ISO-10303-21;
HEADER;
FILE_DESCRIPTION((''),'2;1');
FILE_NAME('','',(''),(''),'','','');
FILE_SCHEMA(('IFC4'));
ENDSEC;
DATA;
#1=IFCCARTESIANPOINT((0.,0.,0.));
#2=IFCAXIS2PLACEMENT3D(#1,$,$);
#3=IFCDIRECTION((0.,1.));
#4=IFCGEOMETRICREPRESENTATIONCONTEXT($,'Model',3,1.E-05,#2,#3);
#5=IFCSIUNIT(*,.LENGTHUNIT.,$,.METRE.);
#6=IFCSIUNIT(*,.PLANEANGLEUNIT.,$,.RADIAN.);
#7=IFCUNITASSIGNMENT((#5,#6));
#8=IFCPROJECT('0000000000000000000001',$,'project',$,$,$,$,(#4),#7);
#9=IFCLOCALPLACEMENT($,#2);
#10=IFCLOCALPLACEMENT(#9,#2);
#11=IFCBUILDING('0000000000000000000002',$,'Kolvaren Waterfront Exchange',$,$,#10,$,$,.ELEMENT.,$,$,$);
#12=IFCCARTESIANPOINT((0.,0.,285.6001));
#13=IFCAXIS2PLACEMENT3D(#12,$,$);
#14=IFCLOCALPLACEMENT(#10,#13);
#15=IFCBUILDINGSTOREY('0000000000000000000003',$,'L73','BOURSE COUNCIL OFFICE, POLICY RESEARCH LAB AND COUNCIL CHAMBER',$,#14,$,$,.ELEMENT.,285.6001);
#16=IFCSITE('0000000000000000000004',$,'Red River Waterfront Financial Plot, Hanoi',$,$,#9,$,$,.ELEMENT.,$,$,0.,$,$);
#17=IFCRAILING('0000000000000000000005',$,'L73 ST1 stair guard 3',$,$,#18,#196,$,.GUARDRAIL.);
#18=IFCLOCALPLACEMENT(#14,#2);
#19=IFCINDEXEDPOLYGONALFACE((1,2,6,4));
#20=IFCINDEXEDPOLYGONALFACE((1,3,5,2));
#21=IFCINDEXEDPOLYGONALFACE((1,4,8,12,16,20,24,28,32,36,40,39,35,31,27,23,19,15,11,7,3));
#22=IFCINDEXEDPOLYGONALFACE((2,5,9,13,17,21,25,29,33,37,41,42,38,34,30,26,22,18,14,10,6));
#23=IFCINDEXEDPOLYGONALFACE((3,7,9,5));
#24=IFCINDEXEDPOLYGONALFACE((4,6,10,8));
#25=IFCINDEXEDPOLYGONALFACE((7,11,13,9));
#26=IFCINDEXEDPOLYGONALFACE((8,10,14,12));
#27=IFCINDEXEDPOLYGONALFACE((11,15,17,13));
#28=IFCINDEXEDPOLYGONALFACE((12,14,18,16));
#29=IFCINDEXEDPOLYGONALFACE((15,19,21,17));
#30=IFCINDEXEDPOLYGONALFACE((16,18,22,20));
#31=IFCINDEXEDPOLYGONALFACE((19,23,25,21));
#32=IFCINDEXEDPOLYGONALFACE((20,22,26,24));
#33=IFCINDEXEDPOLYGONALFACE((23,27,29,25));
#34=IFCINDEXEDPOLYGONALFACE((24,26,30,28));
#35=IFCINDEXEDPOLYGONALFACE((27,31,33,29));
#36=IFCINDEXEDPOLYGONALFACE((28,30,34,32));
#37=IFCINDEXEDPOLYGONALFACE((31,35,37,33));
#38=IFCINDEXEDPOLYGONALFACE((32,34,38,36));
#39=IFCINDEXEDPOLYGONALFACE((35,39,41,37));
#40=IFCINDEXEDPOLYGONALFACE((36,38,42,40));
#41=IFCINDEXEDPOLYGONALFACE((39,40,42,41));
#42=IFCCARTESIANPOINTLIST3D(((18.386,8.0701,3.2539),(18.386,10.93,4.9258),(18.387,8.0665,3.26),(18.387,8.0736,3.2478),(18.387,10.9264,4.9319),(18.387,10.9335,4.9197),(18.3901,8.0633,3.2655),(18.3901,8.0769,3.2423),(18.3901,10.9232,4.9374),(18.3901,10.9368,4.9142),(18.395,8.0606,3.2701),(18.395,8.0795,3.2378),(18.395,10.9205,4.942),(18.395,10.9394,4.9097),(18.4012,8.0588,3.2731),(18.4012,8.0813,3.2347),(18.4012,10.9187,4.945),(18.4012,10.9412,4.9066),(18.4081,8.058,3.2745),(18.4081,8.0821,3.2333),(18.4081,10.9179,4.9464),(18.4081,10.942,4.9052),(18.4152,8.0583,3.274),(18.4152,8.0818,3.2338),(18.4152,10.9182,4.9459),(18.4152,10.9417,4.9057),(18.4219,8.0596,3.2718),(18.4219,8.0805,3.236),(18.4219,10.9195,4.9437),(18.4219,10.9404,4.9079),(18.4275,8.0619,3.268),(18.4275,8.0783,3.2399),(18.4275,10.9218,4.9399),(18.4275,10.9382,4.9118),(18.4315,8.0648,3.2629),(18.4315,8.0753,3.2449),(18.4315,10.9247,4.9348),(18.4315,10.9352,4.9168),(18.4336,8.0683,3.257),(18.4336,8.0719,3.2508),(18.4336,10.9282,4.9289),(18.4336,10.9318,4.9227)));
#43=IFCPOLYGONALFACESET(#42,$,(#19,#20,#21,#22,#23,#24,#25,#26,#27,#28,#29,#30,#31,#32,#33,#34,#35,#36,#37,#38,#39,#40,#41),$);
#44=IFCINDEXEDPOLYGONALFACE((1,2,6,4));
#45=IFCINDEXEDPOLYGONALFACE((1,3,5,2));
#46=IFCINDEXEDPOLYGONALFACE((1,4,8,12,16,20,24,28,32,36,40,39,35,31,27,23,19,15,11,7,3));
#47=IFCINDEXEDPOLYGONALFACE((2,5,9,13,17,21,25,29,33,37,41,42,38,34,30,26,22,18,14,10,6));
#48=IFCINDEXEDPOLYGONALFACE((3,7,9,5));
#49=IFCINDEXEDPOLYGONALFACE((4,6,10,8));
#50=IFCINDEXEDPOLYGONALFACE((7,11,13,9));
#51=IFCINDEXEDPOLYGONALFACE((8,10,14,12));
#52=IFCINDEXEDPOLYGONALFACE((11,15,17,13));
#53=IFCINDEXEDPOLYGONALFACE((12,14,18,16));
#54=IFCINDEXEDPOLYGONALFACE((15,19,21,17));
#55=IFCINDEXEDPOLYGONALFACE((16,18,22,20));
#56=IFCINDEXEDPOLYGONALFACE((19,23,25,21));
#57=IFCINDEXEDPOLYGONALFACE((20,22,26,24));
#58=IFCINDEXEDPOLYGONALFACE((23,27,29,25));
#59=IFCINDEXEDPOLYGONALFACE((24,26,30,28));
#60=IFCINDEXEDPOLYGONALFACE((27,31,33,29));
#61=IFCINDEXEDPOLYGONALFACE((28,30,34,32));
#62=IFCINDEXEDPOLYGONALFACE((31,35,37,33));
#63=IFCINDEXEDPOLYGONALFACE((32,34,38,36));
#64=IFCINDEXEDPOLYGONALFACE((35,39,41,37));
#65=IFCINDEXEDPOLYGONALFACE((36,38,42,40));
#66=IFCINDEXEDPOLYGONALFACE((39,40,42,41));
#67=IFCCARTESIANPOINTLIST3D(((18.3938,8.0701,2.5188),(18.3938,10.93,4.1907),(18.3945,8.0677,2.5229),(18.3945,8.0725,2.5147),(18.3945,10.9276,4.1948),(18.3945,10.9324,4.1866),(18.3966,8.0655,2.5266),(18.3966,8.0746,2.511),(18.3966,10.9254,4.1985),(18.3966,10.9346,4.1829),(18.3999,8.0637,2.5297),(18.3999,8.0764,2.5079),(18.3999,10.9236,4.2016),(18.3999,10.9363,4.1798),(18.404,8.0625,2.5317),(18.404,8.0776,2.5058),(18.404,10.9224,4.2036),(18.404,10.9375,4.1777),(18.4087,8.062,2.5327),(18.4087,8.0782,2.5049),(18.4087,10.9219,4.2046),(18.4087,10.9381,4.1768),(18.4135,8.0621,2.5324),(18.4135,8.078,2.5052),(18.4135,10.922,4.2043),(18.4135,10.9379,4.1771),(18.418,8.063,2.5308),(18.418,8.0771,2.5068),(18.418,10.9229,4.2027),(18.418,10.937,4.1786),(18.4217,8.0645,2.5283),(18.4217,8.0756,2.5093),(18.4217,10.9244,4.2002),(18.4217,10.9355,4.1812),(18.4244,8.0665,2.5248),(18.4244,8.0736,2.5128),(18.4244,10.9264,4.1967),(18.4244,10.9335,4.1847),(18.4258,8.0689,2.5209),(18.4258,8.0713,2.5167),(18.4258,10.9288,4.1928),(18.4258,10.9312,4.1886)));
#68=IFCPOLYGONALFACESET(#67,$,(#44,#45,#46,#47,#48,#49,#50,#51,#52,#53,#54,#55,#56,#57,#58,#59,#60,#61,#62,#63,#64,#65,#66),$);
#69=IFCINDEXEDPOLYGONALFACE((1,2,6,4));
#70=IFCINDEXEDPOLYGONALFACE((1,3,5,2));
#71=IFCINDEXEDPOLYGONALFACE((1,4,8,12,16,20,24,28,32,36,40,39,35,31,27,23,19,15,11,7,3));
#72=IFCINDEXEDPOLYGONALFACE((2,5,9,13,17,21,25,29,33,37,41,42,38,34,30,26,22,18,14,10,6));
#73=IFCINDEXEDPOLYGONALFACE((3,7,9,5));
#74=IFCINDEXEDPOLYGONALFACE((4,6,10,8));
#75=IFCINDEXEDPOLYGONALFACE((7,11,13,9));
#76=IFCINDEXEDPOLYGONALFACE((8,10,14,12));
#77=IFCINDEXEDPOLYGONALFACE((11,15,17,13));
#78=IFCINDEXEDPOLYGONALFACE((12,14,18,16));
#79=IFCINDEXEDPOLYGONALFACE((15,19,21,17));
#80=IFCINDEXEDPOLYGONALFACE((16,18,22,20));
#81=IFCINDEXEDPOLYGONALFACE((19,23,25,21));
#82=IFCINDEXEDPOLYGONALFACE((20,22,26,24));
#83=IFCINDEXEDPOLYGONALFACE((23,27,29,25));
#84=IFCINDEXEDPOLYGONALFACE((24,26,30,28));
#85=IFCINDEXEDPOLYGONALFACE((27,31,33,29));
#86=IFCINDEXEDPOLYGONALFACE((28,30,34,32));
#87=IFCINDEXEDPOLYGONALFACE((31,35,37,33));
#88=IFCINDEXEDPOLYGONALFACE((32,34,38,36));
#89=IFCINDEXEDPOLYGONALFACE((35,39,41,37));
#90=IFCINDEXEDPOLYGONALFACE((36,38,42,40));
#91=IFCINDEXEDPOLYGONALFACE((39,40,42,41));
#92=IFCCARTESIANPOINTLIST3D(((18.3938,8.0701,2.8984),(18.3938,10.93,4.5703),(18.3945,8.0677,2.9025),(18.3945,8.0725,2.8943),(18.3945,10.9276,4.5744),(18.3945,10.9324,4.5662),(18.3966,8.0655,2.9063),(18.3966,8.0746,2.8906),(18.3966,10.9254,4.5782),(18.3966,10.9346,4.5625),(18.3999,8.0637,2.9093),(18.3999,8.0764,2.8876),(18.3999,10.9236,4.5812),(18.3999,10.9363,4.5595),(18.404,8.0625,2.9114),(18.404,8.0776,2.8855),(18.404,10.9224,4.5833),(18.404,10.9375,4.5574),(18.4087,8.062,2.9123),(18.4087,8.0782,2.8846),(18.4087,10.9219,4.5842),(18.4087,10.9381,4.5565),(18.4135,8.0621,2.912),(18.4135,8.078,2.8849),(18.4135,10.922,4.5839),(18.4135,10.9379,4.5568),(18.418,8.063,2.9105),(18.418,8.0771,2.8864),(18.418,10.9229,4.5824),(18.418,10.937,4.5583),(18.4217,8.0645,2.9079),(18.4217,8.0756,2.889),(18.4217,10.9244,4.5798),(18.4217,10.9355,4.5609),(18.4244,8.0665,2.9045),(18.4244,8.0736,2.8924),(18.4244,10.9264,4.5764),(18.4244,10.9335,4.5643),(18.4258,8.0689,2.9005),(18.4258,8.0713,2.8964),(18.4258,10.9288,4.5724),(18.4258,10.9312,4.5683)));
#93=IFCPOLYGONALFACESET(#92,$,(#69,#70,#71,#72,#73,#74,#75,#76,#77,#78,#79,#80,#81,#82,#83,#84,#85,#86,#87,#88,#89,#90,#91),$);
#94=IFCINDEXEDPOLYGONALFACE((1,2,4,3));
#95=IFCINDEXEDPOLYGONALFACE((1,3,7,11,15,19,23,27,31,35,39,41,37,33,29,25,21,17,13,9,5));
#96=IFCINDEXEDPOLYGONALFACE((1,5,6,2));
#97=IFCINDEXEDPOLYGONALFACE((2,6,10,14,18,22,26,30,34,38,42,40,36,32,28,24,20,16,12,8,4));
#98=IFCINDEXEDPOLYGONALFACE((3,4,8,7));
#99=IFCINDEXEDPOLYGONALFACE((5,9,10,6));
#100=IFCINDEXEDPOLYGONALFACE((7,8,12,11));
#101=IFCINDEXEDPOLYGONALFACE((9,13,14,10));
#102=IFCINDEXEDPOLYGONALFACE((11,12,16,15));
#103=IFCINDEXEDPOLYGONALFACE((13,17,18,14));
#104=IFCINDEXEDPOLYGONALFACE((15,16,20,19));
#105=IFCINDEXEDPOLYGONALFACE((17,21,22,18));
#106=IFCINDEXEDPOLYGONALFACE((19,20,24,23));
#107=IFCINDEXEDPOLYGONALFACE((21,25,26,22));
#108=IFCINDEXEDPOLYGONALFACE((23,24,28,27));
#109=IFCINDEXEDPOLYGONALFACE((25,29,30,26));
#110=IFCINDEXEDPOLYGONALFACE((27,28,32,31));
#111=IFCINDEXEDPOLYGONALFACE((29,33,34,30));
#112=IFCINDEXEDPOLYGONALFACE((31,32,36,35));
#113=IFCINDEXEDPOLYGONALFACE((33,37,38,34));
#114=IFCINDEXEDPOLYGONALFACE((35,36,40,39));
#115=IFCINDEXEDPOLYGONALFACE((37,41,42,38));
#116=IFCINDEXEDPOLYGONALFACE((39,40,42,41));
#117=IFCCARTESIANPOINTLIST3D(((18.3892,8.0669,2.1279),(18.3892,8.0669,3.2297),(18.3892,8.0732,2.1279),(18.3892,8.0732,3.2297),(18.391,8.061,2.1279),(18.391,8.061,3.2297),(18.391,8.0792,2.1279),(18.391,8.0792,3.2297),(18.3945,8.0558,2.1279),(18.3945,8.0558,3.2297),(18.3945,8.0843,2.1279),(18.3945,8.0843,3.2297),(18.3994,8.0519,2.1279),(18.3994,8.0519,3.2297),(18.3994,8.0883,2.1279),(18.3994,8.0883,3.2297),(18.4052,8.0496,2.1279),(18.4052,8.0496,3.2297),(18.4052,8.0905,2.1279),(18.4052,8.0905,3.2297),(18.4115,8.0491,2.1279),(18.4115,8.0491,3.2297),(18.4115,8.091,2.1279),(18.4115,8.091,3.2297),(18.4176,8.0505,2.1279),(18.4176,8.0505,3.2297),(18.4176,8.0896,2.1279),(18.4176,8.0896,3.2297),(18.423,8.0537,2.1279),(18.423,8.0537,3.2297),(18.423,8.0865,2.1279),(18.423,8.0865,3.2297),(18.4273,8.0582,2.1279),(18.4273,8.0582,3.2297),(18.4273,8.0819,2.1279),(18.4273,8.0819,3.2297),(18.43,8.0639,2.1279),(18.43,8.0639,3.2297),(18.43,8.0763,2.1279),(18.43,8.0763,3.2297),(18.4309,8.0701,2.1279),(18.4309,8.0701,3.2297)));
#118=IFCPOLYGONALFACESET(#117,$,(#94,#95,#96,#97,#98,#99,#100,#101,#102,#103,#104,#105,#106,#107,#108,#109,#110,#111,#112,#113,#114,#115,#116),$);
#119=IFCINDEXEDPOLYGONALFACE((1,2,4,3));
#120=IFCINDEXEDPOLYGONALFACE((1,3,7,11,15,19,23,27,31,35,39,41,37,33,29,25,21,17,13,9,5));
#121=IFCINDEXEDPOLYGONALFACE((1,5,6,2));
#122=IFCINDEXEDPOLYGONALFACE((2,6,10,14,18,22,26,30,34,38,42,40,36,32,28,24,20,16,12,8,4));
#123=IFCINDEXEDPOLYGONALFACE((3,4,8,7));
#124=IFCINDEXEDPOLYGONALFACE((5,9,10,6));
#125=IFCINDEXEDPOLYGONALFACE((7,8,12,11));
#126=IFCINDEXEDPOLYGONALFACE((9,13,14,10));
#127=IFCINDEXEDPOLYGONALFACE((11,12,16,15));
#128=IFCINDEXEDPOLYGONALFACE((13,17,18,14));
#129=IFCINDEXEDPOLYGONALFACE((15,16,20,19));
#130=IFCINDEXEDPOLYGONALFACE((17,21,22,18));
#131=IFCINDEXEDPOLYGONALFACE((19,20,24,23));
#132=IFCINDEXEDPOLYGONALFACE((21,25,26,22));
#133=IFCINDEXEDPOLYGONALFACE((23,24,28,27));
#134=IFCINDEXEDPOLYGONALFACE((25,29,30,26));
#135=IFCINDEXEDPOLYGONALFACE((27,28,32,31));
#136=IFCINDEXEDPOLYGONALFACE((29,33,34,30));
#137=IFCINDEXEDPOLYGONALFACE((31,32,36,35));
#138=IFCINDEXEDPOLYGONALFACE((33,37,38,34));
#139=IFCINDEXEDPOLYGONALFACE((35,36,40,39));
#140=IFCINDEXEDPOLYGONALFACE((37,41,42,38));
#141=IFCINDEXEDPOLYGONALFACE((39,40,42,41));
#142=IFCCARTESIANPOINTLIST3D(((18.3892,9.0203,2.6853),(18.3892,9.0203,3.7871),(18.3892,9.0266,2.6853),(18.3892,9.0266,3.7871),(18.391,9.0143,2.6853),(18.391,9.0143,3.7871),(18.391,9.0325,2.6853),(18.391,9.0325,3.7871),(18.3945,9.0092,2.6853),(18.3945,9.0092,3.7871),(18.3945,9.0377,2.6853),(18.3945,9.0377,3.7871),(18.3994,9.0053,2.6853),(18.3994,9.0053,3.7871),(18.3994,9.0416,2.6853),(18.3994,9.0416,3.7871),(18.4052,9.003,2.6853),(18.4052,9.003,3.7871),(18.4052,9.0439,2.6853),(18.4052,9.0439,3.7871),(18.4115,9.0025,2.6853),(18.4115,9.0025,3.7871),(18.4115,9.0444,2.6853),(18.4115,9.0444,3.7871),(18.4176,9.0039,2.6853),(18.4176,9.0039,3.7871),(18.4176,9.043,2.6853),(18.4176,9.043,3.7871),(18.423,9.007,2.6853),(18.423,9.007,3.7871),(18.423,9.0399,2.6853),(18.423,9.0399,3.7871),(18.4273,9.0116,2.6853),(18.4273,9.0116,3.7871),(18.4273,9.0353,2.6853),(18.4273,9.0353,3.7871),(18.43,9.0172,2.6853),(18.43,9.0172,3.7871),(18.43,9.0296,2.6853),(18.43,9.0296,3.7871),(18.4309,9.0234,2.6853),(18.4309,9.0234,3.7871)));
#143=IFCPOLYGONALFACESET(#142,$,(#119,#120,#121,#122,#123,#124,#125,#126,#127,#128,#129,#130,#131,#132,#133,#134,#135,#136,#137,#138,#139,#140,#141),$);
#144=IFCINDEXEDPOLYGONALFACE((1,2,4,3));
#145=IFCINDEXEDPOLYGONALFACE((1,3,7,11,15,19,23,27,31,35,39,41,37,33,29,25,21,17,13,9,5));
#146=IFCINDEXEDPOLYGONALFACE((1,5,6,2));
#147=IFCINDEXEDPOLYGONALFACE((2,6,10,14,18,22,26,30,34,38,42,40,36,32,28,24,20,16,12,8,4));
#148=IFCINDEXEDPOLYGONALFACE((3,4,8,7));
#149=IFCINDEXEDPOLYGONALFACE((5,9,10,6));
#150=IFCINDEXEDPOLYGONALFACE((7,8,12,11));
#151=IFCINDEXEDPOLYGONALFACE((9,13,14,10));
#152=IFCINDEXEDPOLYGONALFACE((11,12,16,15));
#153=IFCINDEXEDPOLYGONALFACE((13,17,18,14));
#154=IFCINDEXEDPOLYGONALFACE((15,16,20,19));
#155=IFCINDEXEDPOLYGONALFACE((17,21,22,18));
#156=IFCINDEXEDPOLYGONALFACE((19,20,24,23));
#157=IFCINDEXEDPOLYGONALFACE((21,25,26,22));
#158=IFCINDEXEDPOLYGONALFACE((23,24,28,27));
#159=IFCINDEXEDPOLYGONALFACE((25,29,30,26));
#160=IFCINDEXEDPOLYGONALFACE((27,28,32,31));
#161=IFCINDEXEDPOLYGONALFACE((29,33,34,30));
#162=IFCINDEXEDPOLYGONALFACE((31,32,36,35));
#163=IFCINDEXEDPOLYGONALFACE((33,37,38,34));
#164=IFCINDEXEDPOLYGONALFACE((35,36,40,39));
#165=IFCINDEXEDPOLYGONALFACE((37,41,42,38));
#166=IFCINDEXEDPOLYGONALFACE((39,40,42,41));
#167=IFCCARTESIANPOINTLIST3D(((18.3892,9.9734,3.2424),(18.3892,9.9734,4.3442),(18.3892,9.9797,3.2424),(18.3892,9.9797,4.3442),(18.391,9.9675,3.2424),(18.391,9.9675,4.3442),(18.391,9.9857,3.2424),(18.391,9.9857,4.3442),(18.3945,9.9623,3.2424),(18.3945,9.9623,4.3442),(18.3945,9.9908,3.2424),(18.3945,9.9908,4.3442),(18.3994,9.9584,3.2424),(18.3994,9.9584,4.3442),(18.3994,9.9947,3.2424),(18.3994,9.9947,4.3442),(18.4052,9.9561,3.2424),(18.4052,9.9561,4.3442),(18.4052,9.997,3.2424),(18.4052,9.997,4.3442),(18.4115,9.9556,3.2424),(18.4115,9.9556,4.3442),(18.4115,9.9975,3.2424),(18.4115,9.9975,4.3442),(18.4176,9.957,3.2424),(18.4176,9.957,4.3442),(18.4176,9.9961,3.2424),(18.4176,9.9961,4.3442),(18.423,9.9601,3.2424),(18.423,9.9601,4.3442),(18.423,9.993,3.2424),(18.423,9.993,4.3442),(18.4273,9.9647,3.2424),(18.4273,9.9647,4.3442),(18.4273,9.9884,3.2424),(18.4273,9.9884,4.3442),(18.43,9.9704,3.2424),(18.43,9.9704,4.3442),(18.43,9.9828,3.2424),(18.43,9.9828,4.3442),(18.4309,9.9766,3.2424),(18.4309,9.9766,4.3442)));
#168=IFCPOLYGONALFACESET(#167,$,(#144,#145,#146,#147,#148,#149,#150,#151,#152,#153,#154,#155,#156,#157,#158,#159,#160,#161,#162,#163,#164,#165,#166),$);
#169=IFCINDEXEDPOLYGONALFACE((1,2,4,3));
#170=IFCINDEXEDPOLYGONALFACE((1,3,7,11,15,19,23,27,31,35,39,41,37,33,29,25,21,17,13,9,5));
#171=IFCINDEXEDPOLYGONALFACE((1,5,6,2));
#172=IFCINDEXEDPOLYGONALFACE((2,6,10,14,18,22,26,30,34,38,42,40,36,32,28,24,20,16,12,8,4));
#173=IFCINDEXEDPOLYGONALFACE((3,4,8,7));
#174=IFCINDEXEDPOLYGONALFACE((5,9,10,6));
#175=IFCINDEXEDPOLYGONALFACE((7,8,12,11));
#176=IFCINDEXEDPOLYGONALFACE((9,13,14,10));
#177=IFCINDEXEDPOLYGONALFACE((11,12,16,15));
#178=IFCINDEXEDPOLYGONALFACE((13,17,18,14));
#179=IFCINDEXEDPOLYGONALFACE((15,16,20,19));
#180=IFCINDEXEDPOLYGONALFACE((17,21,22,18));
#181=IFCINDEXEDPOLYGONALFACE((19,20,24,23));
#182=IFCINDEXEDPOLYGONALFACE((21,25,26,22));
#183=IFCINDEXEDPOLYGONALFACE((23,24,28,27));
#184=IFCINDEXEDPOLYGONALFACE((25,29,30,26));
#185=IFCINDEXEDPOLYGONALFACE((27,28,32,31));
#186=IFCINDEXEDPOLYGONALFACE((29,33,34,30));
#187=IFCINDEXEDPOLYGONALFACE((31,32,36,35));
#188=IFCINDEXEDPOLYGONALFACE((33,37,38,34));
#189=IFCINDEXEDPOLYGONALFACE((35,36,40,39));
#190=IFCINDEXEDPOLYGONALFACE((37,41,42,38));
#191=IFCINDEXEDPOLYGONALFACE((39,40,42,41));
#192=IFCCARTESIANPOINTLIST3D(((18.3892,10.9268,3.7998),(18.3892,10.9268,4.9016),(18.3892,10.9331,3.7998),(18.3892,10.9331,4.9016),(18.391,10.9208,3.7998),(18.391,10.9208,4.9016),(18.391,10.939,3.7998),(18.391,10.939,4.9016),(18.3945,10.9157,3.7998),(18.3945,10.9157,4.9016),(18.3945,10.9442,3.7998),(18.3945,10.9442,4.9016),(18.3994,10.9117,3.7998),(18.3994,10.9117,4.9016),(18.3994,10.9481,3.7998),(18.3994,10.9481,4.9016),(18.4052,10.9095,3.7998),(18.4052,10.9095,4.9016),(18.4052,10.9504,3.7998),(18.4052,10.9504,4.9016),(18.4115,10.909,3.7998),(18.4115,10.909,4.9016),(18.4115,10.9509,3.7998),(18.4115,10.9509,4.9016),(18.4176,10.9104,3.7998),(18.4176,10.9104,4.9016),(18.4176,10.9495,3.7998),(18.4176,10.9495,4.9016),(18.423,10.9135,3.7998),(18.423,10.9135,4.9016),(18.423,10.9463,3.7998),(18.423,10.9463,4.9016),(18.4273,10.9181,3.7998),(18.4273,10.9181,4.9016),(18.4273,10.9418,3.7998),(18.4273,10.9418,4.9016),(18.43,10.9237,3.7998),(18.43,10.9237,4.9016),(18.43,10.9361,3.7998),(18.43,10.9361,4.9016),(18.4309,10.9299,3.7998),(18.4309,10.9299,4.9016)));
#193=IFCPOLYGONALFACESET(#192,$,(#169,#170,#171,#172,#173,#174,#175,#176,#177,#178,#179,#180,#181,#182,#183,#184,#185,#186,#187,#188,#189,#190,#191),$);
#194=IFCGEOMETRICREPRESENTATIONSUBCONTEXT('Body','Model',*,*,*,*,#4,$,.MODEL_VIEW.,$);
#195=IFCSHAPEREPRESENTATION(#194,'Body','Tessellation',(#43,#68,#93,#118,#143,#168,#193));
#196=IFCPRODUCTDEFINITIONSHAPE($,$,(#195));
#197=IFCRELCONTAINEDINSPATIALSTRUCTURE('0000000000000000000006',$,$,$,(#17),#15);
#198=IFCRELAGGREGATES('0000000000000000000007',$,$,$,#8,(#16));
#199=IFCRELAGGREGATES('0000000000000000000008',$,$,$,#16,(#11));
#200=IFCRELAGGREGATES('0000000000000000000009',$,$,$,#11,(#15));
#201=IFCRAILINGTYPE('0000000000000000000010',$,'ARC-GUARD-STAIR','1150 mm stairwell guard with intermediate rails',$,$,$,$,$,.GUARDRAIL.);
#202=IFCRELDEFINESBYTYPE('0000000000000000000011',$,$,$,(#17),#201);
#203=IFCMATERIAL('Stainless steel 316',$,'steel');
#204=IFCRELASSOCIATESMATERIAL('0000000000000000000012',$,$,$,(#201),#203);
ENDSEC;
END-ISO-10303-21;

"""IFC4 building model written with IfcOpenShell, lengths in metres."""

from ifc_helpers import new_model, si_unit, direction, frame, origin, origin_2d, place, context, subcontext, project, spatial, circle, extrude, material, type_object, element, save


model = new_model("IFC4")

# Units and contexts
model_context = context("Model", 3, precision=1e-05, world=origin(), true_north=direction((0.0, 1.0)))
body_context = subcontext(model_context, "Body", "Model", "MODEL_VIEW")
ifc_project = project(units=[si_unit("LENGTHUNIT", "METRE"), si_unit("PLANEANGLEUNIT", "RADIAN")], contexts=[model_context])

# Site, building, storey
site_placement = place(None, origin())
site = spatial("IfcSite", under=ifc_project, at=site_placement, Name="Red River Waterfront Financial Plot, Hanoi", CompositionType="ELEMENT", RefElevation=0.0)
building_placement = place(site_placement, origin())
building = spatial("IfcBuilding", under=site, at=building_placement, Name="Kolvaren Waterfront Exchange", CompositionType="ELEMENT")
storey_placement = place(building_placement, frame((0.0, 0.0, 285.6001)))
storey = spatial("IfcBuildingStorey", under=building, at=storey_placement, Name="L73", Description="BOURSE COUNCIL OFFICE, POLICY RESEARCH LAB AND COUNCIL CHAMBER", CompositionType="ELEMENT", Elevation=285.6001)

# Railing
ifc_material_1 = material(Name="Stainless steel 316", Category="steel")
railing_type_1 = type_object("IfcRailingType", Name="ARC-GUARD-STAIR", Description="1150 mm stairwell guard with intermediate rails", PredefinedType="GUARDRAIL", material=ifc_material_1)
railing_1_placement = place(storey_placement, frame((18.4099, 8.0701, 2.1279)))
element("IfcRailing", 1, at=railing_1_placement, inside=storey, type_object=railing_type_1, Name="L73 ST1 stair guard 3", PredefinedType="GUARDRAIL", context=body_context, shape_type="SweptSolid", body=[
    extrude(circle(Radius=0.0239, at=origin_2d()), frame((0.0, 0.0, 1.126), z_axis=(0.0, 0.863303, 0.504686), x_axis=(-1.0, 0.0, 0.0)), (0.0, 0.0, 1.0), 3.3127),
    extrude(circle(Radius=0.0161, at=origin_2d()), frame((0.0, 0.0, 0.3909), z_axis=(0.0, 0.863303, 0.504686), x_axis=(-1.0, 0.0, 0.0)), (0.0, 0.0, 1.0), 3.3127),
    extrude(circle(Radius=0.0161, at=origin_2d()), frame((0.0, 0.0, 0.7705), z_axis=(0.0, 0.863303, 0.504686), x_axis=(-1.0, 0.0, 0.0)), (0.0, 0.0, 1.0), 3.3127),
    extrude(circle(Radius=0.021, at=origin_2d()), origin(), (0.0, 0.0, 1.0), 1.1018),
    extrude(circle(Radius=0.021, at=origin_2d()), frame((0.0, 0.9534, 0.5574)), (0.0, 0.0, 1.0), 1.1018),
    extrude(circle(Radius=0.021, at=origin_2d()), frame((0.0, 1.9065, 1.1145)), (0.0, 0.0, 1.0), 1.1018),
    extrude(circle(Radius=0.021, at=origin_2d()), frame((0.0, 2.8599, 1.6719)), (0.0, 0.0, 1.0), 1.1018),
])

save(model, "model.ifc")
